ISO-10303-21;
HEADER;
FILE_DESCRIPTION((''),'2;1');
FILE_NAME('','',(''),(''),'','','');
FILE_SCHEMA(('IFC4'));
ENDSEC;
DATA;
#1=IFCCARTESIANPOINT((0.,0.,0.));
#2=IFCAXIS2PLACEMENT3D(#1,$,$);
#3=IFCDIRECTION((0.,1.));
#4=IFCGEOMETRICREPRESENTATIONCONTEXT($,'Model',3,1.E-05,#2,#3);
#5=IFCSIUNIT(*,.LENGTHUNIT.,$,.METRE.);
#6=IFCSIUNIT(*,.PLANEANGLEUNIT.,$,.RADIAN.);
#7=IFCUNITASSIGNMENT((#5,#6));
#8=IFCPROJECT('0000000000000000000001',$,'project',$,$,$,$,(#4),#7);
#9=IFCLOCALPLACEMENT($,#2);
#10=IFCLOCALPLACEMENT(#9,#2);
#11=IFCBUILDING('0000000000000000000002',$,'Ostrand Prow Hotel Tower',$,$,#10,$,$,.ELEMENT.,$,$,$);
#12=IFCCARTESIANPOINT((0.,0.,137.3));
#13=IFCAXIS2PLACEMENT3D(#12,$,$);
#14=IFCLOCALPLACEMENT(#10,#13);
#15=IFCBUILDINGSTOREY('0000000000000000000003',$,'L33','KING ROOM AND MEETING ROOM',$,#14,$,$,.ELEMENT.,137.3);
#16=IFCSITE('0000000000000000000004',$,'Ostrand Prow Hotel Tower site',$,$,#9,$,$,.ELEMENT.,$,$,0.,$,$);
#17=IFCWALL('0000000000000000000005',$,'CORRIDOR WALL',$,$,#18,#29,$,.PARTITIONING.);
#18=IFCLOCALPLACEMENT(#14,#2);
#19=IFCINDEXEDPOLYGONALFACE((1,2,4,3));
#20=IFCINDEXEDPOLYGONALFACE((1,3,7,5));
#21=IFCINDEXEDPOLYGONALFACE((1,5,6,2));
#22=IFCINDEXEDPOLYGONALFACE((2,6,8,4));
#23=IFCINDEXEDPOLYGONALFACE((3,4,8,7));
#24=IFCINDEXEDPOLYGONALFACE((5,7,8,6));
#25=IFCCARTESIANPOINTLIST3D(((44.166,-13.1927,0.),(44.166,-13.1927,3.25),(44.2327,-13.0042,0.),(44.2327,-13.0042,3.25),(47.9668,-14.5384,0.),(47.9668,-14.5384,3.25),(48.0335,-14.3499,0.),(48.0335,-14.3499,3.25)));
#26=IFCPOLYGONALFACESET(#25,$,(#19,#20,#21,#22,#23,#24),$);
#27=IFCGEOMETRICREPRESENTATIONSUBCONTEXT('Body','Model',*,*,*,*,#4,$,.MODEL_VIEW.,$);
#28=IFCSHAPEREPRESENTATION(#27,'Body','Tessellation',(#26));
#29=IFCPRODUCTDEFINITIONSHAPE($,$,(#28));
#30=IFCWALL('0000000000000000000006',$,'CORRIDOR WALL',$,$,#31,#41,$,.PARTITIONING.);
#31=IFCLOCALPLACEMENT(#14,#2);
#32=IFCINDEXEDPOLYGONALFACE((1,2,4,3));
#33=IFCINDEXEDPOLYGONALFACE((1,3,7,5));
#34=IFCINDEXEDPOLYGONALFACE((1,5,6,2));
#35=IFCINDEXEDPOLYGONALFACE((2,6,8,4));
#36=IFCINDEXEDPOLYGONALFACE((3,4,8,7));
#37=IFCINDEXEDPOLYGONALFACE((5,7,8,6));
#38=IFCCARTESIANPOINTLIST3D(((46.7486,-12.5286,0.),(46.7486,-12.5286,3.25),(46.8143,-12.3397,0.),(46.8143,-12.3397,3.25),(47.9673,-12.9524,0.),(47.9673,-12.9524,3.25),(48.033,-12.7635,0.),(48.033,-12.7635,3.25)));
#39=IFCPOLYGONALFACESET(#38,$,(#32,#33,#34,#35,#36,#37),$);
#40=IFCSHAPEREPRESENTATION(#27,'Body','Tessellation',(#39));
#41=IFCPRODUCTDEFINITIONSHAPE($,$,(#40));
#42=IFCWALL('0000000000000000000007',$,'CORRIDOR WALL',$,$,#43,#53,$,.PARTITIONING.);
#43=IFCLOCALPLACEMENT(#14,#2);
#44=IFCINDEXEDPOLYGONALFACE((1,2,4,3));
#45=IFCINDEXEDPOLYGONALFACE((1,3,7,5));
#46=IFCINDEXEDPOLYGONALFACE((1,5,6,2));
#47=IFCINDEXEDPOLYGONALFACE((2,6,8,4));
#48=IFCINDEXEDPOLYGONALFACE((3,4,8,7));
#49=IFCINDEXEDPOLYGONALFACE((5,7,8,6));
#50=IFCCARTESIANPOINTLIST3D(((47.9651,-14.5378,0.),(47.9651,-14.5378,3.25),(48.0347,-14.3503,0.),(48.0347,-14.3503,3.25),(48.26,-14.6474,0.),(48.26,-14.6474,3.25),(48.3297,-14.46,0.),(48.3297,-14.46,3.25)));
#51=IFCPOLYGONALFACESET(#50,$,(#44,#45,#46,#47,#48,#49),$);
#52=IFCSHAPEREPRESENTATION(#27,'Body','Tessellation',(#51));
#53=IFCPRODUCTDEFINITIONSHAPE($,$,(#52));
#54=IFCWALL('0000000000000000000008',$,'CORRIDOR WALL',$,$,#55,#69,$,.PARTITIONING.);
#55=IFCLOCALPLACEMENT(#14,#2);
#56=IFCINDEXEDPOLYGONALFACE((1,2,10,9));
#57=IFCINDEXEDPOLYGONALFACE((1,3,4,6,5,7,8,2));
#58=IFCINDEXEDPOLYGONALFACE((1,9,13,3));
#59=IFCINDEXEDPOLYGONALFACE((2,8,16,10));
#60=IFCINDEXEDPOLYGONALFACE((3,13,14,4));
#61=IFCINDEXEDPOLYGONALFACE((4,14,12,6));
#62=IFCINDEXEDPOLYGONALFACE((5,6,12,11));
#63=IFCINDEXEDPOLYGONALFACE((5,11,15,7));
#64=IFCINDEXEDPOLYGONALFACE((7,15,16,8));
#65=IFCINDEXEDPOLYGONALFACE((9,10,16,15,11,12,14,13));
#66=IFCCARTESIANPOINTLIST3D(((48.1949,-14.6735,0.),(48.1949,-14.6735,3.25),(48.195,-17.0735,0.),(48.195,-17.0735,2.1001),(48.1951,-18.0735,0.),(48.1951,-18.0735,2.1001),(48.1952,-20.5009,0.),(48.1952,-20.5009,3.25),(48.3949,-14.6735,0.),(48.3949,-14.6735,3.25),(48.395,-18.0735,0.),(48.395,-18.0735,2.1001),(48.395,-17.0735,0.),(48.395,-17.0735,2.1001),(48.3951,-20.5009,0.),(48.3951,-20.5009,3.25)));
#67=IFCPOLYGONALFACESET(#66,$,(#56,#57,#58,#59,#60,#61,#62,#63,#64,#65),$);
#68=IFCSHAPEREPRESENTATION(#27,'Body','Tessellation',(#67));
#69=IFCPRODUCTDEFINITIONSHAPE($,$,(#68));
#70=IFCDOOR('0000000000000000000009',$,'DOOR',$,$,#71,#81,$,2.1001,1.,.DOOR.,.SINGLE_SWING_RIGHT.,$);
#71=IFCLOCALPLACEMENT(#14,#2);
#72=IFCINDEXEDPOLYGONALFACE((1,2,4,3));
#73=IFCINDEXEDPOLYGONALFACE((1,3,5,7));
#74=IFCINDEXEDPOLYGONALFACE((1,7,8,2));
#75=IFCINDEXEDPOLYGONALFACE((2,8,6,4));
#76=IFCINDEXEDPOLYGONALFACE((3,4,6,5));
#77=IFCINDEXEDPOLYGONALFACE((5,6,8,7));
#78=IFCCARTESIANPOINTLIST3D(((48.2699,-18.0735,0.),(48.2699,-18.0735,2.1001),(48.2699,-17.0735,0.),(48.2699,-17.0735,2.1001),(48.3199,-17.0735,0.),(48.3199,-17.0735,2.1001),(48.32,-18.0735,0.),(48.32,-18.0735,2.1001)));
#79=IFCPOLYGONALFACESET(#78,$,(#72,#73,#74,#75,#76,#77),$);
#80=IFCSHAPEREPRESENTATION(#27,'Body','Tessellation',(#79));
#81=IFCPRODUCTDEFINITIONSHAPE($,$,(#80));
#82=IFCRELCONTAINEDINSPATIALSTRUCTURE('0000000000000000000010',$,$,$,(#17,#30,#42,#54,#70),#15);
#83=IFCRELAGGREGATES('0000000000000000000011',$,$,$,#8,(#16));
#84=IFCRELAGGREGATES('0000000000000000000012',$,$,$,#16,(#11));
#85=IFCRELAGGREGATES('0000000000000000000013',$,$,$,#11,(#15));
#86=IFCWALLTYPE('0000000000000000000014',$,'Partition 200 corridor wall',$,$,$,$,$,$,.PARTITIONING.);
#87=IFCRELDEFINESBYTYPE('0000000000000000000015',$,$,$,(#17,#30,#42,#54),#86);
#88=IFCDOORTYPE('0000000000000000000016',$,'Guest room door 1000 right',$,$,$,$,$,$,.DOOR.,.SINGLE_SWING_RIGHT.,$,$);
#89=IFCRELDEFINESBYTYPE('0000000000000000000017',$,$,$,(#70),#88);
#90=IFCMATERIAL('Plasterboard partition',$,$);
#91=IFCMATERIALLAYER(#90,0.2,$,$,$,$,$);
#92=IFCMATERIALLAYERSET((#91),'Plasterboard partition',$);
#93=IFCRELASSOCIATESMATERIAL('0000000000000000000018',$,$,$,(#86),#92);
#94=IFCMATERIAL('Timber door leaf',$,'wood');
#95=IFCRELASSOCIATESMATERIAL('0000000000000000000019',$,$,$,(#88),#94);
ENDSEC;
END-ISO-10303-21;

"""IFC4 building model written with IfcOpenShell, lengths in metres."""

from ifc_helpers import new_model, si_unit, direction, frame, frame_2d, origin, place, context, subcontext, project, spatial, rectangle, extrude, material, layer, layer_set, type_object, element, fill, save


model = new_model("IFC4")

# Units and contexts
model_context = context("Model", 3, precision=1e-05, world=origin(), true_north=direction((0.0, 1.0)))
body_context = subcontext(model_context, "Body", "Model", "MODEL_VIEW")
ifc_project = project(units=[si_unit("LENGTHUNIT", "METRE"), si_unit("PLANEANGLEUNIT", "RADIAN")], contexts=[model_context])

# Site, building, storey
site_placement = place(None, origin())
site = spatial("IfcSite", under=ifc_project, at=site_placement, Name="Ostrand Prow Hotel Tower site", CompositionType="ELEMENT", RefElevation=0.0)
building_placement = place(site_placement, origin())
building = spatial("IfcBuilding", under=site, at=building_placement, Name="Ostrand Prow Hotel Tower", CompositionType="ELEMENT")
storey_placement = place(building_placement, frame((0.0, 0.0, 137.3)))
storey = spatial("IfcBuildingStorey", under=building, at=storey_placement, Name="L33", Description="KING ROOM AND MEETING ROOM", CompositionType="ELEMENT", Elevation=137.3)

# Walls
ifc_material_1 = material(Name="Plasterboard partition")
ifc_layer_1 = layer(ifc_material_1, 0.2)
ifc_layer_set_1 = layer_set([ifc_layer_1], Name="Plasterboard partition")
wall_type_1 = type_object("IfcWallType", Name="Partition 200 corridor wall", PredefinedType="PARTITIONING", material=ifc_layer_set_1)
wall_1_placement = place(storey_placement, frame((44.1992, -13.0984, 0.0), z_axis=(0.0, 0.0, 1.0), x_axis=(0.942659, -0.333757, 0.0)))
element("IfcWall", 1, at=wall_1_placement, inside=storey, type_object=wall_type_1, Name="CORRIDOR WALL", PredefinedType="PARTITIONING", context=body_context, shape_type="SweptSolid", body=[
    extrude(rectangle(XDim=4.032, YDim=0.2, at=frame_2d((2.0161, 0.0))), origin(), (0.0, 0.0, 1.0), 3.25),
])
wall_2_placement = place(storey_placement, frame((48.0, -12.8579, 0.0), z_axis=(0.0, 0.0, 1.0), x_axis=(-0.944517, 0.328462, 0.0)))
element("IfcWall", 2, at=wall_2_placement, inside=storey, type_object=wall_type_1, Name="CORRIDOR WALL", PredefinedType="PARTITIONING", context=body_context, shape_type="SweptSolid", body=[
    extrude(rectangle(XDim=1.2903, YDim=0.2, at=frame_2d((0.645, 0.0))), origin(), (0.0, 0.0, 1.0), 3.25),
])
wall_3_placement = place(storey_placement, frame((48.0, -14.4441, 0.0), z_axis=(0.0, 0.0, 1.0), x_axis=(0.937346, -0.348401, 0.0)))
element("IfcWall", 3, at=wall_3_placement, inside=storey, type_object=wall_type_1, Name="CORRIDOR WALL", PredefinedType="PARTITIONING", context=body_context, shape_type="SweptSolid", body=[
    extrude(rectangle(XDim=0.3147, YDim=0.2, at=frame_2d((0.1572, 0.0))), origin(), (0.0, 0.0, 1.0), 3.25),
])

# Wall, opening, door
wall_4_placement = place(storey_placement, frame((48.2949, -14.6736, 0.0), z_axis=(0.0, 0.0, 1.0), x_axis=(0.000042, -1.0, 0.0)))
wall_4 = element("IfcWall", 4, at=wall_4_placement, inside=storey, type_object=wall_type_1, Name="CORRIDOR WALL", PredefinedType="PARTITIONING", context=body_context, shape_type="SweptSolid", body=[
    extrude(rectangle(XDim=5.8274, YDim=0.2, at=frame_2d((2.9136, 0.0))), origin(), (0.0, 0.0, 1.0), 3.25),
])
opening_1_placement = place(wall_4_placement, frame((2.3999, 0.0, 0.0)))
opening_1 = element("IfcOpeningElement", 5, at=opening_1_placement, cuts=wall_4, PredefinedType="OPENING", context=body_context, shape_type="SweptSolid", body=[
    extrude(rectangle(XDim=1.0, YDim=2.1001, at=frame_2d((0.5, 1.05))), frame((0.0, 0.1099, 0.0), z_axis=(0.0, -1.0, 0.0), x_axis=(1.0, 0.0, 0.0)), (0.0, 0.0, 1.0), 0.22),
])
ifc_material_2 = material(Name="Timber door leaf", Category="wood")
door_type_1 = type_object("IfcDoorType", Name="Guest room door 1000 right", OperationType="SINGLE_SWING_RIGHT", PredefinedType="DOOR", material=ifc_material_2)
door_1_placement = place(opening_1_placement, origin())
door_1 = element("IfcDoor", 6, at=door_1_placement, inside=storey, type_object=door_type_1, Name="DOOR", OperationType="SINGLE_SWING_RIGHT", OverallHeight=2.1001, OverallWidth=1.0, PredefinedType="DOOR", context=body_context, shape_type="SweptSolid", body=[
    extrude(rectangle(XDim=1.0, YDim=2.1001, at=frame_2d((0.5, 1.05))), frame((0.0, 0.0249, 0.0), z_axis=(0.0, -1.0, 0.0), x_axis=(1.0, 0.0, 0.0)), (0.0, 0.0, 1.0), 0.05),
])
fill(opening_1, door_1)

save(model, "model.ifc")
